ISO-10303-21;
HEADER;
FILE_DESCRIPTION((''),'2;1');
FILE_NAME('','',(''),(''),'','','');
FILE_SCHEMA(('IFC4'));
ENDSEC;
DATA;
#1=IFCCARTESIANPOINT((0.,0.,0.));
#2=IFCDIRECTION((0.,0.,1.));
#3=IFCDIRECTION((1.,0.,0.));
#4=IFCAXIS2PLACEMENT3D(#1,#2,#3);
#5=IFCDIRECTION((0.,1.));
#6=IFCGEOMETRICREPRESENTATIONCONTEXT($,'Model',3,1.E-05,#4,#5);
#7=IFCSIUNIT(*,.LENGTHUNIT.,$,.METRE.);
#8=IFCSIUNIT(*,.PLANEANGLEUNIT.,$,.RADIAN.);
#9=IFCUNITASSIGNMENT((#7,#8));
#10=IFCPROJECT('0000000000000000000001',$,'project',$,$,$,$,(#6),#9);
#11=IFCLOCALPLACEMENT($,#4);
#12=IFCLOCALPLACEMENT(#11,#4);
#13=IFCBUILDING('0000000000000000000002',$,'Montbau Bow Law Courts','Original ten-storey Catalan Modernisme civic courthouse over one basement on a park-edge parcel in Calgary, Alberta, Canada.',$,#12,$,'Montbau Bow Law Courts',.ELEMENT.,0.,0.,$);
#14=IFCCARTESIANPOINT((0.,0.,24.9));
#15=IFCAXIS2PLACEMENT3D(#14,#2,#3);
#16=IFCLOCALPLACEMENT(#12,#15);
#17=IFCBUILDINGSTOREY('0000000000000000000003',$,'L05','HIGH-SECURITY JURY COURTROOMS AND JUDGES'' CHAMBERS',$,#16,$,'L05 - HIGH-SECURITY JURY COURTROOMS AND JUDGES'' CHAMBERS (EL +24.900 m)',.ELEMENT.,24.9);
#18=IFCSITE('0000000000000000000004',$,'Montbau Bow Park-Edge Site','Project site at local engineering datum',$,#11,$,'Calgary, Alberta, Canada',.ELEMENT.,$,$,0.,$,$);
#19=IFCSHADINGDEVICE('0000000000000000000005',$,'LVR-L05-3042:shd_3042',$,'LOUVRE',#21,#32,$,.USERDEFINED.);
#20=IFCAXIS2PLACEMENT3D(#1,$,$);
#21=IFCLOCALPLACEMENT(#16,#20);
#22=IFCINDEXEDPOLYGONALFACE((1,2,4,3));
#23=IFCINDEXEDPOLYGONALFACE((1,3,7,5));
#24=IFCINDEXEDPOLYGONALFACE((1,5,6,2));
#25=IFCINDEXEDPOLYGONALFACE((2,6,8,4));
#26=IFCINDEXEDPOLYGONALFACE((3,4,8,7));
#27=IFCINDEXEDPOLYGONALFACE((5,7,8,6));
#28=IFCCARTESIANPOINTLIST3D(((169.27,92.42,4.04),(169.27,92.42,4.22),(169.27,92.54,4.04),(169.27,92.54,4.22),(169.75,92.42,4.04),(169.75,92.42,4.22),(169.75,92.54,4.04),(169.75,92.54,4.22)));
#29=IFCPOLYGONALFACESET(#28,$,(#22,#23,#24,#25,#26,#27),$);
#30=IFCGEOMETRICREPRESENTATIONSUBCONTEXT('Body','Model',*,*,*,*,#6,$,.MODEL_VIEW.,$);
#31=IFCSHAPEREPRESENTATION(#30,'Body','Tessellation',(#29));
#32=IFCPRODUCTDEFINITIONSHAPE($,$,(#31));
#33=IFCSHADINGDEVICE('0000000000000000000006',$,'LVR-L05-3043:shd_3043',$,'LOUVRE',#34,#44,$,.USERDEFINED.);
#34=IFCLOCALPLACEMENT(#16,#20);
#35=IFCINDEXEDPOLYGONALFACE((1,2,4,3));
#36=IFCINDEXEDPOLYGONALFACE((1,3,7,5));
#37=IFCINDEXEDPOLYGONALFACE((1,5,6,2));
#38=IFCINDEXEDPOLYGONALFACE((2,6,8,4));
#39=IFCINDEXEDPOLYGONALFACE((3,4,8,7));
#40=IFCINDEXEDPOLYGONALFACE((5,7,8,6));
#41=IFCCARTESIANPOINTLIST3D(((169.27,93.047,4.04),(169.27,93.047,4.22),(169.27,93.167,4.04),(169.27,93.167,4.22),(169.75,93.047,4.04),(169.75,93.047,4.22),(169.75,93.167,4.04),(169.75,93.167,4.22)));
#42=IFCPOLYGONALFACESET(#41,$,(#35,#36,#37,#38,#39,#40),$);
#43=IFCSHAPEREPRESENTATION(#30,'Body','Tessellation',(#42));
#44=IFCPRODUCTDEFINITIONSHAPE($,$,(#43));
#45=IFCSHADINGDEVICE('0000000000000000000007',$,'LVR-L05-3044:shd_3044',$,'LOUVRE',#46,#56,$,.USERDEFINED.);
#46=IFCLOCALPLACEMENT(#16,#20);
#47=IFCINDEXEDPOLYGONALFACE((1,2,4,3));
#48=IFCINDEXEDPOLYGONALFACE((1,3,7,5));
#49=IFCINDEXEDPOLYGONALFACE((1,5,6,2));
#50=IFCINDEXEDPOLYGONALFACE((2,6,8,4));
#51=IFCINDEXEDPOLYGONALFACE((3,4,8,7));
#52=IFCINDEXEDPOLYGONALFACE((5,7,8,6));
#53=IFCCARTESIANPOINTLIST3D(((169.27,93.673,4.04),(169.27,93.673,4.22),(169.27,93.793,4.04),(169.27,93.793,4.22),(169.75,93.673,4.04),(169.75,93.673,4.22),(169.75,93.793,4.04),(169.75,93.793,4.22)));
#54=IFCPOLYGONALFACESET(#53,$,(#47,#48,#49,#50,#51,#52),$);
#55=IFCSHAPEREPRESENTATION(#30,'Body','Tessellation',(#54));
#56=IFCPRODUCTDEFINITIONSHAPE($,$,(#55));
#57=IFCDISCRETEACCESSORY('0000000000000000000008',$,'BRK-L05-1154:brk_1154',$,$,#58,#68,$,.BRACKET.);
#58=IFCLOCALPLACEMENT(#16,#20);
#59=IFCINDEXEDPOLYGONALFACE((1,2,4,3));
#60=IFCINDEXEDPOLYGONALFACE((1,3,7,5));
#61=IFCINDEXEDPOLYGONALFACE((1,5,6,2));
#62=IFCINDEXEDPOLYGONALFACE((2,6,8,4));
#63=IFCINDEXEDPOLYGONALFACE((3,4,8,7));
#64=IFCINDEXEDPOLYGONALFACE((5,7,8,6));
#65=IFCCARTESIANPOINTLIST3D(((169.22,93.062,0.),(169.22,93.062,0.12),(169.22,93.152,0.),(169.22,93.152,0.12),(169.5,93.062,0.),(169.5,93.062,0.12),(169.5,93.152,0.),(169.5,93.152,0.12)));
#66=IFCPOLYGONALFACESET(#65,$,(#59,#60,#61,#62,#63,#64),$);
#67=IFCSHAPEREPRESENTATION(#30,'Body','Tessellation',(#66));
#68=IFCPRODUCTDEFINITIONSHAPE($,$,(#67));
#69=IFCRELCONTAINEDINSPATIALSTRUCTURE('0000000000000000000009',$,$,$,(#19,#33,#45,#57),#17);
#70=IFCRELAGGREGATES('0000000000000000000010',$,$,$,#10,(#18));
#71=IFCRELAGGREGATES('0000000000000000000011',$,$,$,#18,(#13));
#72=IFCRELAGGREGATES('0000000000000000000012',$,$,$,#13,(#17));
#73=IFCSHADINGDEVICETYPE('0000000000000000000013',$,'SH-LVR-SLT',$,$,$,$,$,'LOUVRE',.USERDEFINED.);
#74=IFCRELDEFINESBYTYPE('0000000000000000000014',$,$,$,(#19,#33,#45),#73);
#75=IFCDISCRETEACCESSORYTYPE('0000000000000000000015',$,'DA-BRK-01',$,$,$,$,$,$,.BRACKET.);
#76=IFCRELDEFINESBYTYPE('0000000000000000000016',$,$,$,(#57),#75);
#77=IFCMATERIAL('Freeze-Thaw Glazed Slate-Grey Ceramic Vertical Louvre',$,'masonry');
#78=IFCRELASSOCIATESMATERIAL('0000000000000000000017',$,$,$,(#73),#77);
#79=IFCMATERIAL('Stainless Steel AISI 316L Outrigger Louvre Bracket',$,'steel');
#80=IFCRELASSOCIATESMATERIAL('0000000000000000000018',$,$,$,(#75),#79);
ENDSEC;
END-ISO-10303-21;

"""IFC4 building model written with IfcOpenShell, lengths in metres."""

from ifc_helpers import new_model, si_unit, direction, frame, origin_with_axes, origin_2d_with_axis, place, context, subcontext, project, spatial, rectangle, extrude, material, type_object, element, save


model = new_model("IFC4")

# Units and contexts
model_context = context("Model", 3, precision=1e-05, world=origin_with_axes(), true_north=direction((0.0, 1.0)))
body_context = subcontext(model_context, "Body", "Model", "MODEL_VIEW")
ifc_project = project(units=[si_unit("LENGTHUNIT", "METRE"), si_unit("PLANEANGLEUNIT", "RADIAN")], contexts=[model_context])

# Site, building, storey
site_placement = place(None, origin_with_axes())
site = spatial("IfcSite", under=ifc_project, at=site_placement, Name="Montbau Bow Park-Edge Site", Description="Project site at local engineering datum", LongName="Calgary, Alberta, Canada", CompositionType="ELEMENT", RefElevation=0.0)
building_placement = place(site_placement, origin_with_axes())
building = spatial("IfcBuilding", under=site, at=building_placement, Name="Montbau Bow Law Courts", Description="Original ten-storey Catalan Modernisme civic courthouse over one basement on a park-edge parcel in Calgary, Alberta, Canada.", LongName="Montbau Bow Law Courts", CompositionType="ELEMENT", ElevationOfRefHeight=0.0, ElevationOfTerrain=0.0)
storey_placement = place(building_placement, frame((0.0, 0.0, 24.9), z_axis=(0.0, 0.0, 1.0), x_axis=(1.0, 0.0, 0.0)))
storey = spatial("IfcBuildingStorey", under=building, at=storey_placement, Name="L05", Description="HIGH-SECURITY JURY COURTROOMS AND JUDGES' CHAMBERS", LongName="L05 - HIGH-SECURITY JURY COURTROOMS AND JUDGES' CHAMBERS (EL +24.900 m)", CompositionType="ELEMENT", Elevation=24.9)

# Shared definitions
ifc_material_1 = material(Name="Freeze-Thaw Glazed Slate-Grey Ceramic Vertical Louvre", Category="masonry")

# Shading devices
shading_device_type = type_object("IfcShadingDeviceType", Name="SH-LVR-SLT", ElementType="LOUVRE", PredefinedType="USERDEFINED", material=ifc_material_1)
for number, where, z_axis, x_axis, name in (
    (1, (169.51, 92.48, 28.94), (0.0, 0.0, 1.0), (1.0, 0.0, 0.0), "LVR-L05-3042:shd_3042"),
    (2, (169.51, 93.107, 28.94), (0.0, 0.0, 1.0), (1.0, 0.0, 0.0), "LVR-L05-3043:shd_3043"),
    (3, (169.51, 93.733, 28.94), (0.0, 0.0, 1.0), (1.0, 0.0, 0.0), "LVR-L05-3044:shd_3044"),
):
    element("IfcShadingDevice", number, at=place(None, frame(where, z_axis=z_axis, x_axis=x_axis)), inside=storey, type_object=shading_device_type, Name=name, ObjectType="LOUVRE", PredefinedType="USERDEFINED", context=body_context, shape_type="SweptSolid", body=[
        extrude(rectangle(XDim=0.48, YDim=0.12, at=origin_2d_with_axis()), origin_with_axes(), (0.0, 0.0, 1.0), 0.18),
    ])

# Discrete accessory
ifc_material_2 = material(Name="Stainless Steel AISI 316L Outrigger Louvre Bracket", Category="steel")
discrete_accessory_type = type_object("IfcDiscreteAccessoryType", Name="DA-BRK-01", PredefinedType="BRACKET", material=ifc_material_2)
discrete_accessory_placement = place(None, frame((169.36, 93.107, 24.9), z_axis=(0.0, 0.0, 1.0), x_axis=(1.0, 0.0, 0.0)))
element("IfcDiscreteAccessory", 4, at=discrete_accessory_placement, inside=storey, type_object=discrete_accessory_type, Name="BRK-L05-1154:brk_1154", PredefinedType="BRACKET", context=body_context, shape_type="SweptSolid", body=[
    extrude(rectangle(XDim=0.28, YDim=0.09, at=origin_2d_with_axis()), origin_with_axes(), (0.0, 0.0, 1.0), 0.12),
])

save(model, "model.ifc")
